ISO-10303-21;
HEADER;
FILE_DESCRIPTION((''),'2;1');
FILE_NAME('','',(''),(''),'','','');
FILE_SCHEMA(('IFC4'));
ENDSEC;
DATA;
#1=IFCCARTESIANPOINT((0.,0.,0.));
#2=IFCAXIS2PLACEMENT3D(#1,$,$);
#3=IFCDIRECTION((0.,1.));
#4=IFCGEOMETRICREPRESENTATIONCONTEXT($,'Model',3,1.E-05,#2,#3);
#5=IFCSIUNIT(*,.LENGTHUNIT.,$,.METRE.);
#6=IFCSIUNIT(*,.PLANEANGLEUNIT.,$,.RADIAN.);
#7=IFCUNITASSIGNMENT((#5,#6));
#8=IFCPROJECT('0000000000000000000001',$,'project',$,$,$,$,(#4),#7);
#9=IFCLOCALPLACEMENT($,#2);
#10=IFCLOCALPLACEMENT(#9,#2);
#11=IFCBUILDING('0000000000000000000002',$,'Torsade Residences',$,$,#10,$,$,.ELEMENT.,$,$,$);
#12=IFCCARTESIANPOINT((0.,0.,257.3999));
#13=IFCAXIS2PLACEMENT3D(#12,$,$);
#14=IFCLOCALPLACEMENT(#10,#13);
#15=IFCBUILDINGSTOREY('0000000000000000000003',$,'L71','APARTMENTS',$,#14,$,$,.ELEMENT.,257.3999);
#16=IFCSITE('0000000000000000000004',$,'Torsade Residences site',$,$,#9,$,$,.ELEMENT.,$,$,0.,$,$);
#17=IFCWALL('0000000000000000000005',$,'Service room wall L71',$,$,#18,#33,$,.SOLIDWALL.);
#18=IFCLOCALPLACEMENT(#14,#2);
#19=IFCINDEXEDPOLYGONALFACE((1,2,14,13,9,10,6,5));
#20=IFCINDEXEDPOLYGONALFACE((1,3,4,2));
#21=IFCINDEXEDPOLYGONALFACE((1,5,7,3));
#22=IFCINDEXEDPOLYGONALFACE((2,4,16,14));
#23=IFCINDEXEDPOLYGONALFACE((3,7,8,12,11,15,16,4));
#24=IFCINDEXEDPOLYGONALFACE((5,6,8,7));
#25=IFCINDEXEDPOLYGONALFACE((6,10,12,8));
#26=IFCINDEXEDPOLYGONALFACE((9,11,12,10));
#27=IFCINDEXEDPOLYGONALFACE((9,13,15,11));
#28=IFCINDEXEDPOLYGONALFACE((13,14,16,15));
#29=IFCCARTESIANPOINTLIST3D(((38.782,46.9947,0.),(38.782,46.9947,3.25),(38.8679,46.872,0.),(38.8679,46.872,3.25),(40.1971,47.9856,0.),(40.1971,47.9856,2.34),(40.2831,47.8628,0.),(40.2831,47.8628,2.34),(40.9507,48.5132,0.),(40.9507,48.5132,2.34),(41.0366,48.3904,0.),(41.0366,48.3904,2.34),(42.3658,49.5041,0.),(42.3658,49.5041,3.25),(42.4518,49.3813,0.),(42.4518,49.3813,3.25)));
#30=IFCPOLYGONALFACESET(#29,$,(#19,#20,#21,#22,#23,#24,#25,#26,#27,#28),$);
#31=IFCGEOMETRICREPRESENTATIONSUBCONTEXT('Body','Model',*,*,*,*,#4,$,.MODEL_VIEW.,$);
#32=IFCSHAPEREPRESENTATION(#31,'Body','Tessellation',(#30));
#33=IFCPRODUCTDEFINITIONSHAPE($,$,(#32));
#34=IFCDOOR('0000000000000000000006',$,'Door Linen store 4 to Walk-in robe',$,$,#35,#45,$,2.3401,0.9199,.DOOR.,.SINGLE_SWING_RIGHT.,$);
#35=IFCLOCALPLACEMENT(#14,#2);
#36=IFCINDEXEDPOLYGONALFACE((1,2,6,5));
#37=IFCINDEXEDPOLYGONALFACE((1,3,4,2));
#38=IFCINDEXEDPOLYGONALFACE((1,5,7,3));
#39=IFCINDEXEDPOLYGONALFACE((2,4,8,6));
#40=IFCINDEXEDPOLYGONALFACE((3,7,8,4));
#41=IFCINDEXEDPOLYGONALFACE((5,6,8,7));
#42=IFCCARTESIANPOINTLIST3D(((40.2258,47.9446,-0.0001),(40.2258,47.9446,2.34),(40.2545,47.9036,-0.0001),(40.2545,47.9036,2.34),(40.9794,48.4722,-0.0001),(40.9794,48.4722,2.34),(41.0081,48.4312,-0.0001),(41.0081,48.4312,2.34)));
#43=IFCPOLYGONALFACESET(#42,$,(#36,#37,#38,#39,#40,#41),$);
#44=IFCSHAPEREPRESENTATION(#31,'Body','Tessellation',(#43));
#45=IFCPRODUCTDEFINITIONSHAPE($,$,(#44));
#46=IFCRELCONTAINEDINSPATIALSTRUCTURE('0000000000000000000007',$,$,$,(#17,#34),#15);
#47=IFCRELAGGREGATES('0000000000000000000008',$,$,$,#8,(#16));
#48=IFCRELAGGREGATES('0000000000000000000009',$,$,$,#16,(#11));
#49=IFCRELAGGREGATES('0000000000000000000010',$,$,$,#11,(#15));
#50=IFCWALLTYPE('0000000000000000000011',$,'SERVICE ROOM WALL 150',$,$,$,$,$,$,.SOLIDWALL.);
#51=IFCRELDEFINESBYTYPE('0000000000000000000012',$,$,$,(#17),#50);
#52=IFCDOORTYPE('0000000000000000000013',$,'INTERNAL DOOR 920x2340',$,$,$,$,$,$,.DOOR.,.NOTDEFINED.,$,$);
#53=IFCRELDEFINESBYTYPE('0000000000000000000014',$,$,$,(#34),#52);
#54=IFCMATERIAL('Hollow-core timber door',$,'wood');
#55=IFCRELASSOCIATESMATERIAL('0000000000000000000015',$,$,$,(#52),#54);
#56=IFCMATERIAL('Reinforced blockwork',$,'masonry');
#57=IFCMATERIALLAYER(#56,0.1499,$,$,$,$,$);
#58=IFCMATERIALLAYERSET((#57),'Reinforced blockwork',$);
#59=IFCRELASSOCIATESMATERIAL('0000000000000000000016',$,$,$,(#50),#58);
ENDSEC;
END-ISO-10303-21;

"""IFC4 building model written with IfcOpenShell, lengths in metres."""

from ifc_helpers import new_model, si_unit, direction, frame, frame_2d, origin, place, context, subcontext, project, spatial, rectangle, extrude, material, layer, layer_set, type_object, element, fill, save


model = new_model("IFC4")

# Units and contexts
model_context = context("Model", 3, precision=1e-05, world=origin(), true_north=direction((0.0, 1.0)))
body_context = subcontext(model_context, "Body", "Model", "MODEL_VIEW")
ifc_project = project(units=[si_unit("LENGTHUNIT", "METRE"), si_unit("PLANEANGLEUNIT", "RADIAN")], contexts=[model_context])

# Site, building, storey
site_placement = place(None, origin())
site = spatial("IfcSite", under=ifc_project, at=site_placement, Name="Torsade Residences site", CompositionType="ELEMENT", RefElevation=0.0)
building_placement = place(site_placement, origin())
building = spatial("IfcBuilding", under=site, at=building_placement, Name="Torsade Residences", CompositionType="ELEMENT")
storey_placement = place(building_placement, frame((0.0, 0.0, 257.3999)))
storey = spatial("IfcBuildingStorey", under=building, at=storey_placement, Name="L71", Description="APARTMENTS", CompositionType="ELEMENT", Elevation=257.3999)

# Shared definitions
ifc_material_1 = material(Name="Hollow-core timber door", Category="wood")
door_type = type_object("IfcDoorType", Name="INTERNAL DOOR 920x2340", OperationType="NOTDEFINED", PredefinedType="DOOR", material=ifc_material_1)

# Wall, opening, door
ifc_material_2 = material(Name="Reinforced blockwork", Category="masonry")
ifc_layer_1 = layer(ifc_material_2, 0.1499)
ifc_layer_set_1 = layer_set([ifc_layer_1], Name="Reinforced blockwork")
wall_type_1 = type_object("IfcWallType", Name="SERVICE ROOM WALL 150", PredefinedType="SOLIDWALL", material=ifc_layer_set_1)
wall_1_placement = place(storey_placement, frame((38.825, 46.9333, 0.0), z_axis=(0.0, 0.0, 1.0), x_axis=(0.819161, 0.573563, 0.0)))
wall_1 = element("IfcWall", 1, at=wall_1_placement, inside=storey, type_object=wall_type_1, Name="Service room wall L71", PredefinedType="SOLIDWALL", context=body_context, shape_type="SweptSolid", body=[
    extrude(rectangle(XDim=4.375, YDim=0.1499, at=frame_2d((2.1875, 0.0))), origin(), (0.0, 0.0, 1.0), 3.25),
])
opening_1_placement = place(wall_1_placement, frame((1.7275, 0.0, 0.0)))
opening_1 = element("IfcOpeningElement", 2, at=opening_1_placement, cuts=wall_1, PredefinedType="OPENING", context=body_context, shape_type="SweptSolid", body=[
    extrude(rectangle(XDim=0.9199, YDim=2.3401, at=frame_2d((0.46, 1.1699))), frame((0.0, 0.085, 0.0), z_axis=(0.0, -1.0, 0.0), x_axis=(1.0, 0.0, 0.0)), (0.0, 0.0, 1.0), 0.1699),
])
door_1_placement = place(opening_1_placement, origin())
door_1 = element("IfcDoor", 3, at=door_1_placement, inside=storey, type_object=door_type, Name="Door Linen store 4 to Walk-in robe", OperationType="SINGLE_SWING_RIGHT", OverallHeight=2.3401, OverallWidth=0.9199, PredefinedType="DOOR", context=body_context, shape_type="SweptSolid", body=[
    extrude(rectangle(XDim=0.9199, YDim=2.3401, at=frame_2d((0.46, 1.1699))), frame((0.0, 0.0249, 0.0), z_axis=(0.0, -1.0, 0.0), x_axis=(1.0, 0.0, 0.0)), (0.0, 0.0, 1.0), 0.05),
])
fill(opening_1, door_1)

save(model, "model.ifc")
